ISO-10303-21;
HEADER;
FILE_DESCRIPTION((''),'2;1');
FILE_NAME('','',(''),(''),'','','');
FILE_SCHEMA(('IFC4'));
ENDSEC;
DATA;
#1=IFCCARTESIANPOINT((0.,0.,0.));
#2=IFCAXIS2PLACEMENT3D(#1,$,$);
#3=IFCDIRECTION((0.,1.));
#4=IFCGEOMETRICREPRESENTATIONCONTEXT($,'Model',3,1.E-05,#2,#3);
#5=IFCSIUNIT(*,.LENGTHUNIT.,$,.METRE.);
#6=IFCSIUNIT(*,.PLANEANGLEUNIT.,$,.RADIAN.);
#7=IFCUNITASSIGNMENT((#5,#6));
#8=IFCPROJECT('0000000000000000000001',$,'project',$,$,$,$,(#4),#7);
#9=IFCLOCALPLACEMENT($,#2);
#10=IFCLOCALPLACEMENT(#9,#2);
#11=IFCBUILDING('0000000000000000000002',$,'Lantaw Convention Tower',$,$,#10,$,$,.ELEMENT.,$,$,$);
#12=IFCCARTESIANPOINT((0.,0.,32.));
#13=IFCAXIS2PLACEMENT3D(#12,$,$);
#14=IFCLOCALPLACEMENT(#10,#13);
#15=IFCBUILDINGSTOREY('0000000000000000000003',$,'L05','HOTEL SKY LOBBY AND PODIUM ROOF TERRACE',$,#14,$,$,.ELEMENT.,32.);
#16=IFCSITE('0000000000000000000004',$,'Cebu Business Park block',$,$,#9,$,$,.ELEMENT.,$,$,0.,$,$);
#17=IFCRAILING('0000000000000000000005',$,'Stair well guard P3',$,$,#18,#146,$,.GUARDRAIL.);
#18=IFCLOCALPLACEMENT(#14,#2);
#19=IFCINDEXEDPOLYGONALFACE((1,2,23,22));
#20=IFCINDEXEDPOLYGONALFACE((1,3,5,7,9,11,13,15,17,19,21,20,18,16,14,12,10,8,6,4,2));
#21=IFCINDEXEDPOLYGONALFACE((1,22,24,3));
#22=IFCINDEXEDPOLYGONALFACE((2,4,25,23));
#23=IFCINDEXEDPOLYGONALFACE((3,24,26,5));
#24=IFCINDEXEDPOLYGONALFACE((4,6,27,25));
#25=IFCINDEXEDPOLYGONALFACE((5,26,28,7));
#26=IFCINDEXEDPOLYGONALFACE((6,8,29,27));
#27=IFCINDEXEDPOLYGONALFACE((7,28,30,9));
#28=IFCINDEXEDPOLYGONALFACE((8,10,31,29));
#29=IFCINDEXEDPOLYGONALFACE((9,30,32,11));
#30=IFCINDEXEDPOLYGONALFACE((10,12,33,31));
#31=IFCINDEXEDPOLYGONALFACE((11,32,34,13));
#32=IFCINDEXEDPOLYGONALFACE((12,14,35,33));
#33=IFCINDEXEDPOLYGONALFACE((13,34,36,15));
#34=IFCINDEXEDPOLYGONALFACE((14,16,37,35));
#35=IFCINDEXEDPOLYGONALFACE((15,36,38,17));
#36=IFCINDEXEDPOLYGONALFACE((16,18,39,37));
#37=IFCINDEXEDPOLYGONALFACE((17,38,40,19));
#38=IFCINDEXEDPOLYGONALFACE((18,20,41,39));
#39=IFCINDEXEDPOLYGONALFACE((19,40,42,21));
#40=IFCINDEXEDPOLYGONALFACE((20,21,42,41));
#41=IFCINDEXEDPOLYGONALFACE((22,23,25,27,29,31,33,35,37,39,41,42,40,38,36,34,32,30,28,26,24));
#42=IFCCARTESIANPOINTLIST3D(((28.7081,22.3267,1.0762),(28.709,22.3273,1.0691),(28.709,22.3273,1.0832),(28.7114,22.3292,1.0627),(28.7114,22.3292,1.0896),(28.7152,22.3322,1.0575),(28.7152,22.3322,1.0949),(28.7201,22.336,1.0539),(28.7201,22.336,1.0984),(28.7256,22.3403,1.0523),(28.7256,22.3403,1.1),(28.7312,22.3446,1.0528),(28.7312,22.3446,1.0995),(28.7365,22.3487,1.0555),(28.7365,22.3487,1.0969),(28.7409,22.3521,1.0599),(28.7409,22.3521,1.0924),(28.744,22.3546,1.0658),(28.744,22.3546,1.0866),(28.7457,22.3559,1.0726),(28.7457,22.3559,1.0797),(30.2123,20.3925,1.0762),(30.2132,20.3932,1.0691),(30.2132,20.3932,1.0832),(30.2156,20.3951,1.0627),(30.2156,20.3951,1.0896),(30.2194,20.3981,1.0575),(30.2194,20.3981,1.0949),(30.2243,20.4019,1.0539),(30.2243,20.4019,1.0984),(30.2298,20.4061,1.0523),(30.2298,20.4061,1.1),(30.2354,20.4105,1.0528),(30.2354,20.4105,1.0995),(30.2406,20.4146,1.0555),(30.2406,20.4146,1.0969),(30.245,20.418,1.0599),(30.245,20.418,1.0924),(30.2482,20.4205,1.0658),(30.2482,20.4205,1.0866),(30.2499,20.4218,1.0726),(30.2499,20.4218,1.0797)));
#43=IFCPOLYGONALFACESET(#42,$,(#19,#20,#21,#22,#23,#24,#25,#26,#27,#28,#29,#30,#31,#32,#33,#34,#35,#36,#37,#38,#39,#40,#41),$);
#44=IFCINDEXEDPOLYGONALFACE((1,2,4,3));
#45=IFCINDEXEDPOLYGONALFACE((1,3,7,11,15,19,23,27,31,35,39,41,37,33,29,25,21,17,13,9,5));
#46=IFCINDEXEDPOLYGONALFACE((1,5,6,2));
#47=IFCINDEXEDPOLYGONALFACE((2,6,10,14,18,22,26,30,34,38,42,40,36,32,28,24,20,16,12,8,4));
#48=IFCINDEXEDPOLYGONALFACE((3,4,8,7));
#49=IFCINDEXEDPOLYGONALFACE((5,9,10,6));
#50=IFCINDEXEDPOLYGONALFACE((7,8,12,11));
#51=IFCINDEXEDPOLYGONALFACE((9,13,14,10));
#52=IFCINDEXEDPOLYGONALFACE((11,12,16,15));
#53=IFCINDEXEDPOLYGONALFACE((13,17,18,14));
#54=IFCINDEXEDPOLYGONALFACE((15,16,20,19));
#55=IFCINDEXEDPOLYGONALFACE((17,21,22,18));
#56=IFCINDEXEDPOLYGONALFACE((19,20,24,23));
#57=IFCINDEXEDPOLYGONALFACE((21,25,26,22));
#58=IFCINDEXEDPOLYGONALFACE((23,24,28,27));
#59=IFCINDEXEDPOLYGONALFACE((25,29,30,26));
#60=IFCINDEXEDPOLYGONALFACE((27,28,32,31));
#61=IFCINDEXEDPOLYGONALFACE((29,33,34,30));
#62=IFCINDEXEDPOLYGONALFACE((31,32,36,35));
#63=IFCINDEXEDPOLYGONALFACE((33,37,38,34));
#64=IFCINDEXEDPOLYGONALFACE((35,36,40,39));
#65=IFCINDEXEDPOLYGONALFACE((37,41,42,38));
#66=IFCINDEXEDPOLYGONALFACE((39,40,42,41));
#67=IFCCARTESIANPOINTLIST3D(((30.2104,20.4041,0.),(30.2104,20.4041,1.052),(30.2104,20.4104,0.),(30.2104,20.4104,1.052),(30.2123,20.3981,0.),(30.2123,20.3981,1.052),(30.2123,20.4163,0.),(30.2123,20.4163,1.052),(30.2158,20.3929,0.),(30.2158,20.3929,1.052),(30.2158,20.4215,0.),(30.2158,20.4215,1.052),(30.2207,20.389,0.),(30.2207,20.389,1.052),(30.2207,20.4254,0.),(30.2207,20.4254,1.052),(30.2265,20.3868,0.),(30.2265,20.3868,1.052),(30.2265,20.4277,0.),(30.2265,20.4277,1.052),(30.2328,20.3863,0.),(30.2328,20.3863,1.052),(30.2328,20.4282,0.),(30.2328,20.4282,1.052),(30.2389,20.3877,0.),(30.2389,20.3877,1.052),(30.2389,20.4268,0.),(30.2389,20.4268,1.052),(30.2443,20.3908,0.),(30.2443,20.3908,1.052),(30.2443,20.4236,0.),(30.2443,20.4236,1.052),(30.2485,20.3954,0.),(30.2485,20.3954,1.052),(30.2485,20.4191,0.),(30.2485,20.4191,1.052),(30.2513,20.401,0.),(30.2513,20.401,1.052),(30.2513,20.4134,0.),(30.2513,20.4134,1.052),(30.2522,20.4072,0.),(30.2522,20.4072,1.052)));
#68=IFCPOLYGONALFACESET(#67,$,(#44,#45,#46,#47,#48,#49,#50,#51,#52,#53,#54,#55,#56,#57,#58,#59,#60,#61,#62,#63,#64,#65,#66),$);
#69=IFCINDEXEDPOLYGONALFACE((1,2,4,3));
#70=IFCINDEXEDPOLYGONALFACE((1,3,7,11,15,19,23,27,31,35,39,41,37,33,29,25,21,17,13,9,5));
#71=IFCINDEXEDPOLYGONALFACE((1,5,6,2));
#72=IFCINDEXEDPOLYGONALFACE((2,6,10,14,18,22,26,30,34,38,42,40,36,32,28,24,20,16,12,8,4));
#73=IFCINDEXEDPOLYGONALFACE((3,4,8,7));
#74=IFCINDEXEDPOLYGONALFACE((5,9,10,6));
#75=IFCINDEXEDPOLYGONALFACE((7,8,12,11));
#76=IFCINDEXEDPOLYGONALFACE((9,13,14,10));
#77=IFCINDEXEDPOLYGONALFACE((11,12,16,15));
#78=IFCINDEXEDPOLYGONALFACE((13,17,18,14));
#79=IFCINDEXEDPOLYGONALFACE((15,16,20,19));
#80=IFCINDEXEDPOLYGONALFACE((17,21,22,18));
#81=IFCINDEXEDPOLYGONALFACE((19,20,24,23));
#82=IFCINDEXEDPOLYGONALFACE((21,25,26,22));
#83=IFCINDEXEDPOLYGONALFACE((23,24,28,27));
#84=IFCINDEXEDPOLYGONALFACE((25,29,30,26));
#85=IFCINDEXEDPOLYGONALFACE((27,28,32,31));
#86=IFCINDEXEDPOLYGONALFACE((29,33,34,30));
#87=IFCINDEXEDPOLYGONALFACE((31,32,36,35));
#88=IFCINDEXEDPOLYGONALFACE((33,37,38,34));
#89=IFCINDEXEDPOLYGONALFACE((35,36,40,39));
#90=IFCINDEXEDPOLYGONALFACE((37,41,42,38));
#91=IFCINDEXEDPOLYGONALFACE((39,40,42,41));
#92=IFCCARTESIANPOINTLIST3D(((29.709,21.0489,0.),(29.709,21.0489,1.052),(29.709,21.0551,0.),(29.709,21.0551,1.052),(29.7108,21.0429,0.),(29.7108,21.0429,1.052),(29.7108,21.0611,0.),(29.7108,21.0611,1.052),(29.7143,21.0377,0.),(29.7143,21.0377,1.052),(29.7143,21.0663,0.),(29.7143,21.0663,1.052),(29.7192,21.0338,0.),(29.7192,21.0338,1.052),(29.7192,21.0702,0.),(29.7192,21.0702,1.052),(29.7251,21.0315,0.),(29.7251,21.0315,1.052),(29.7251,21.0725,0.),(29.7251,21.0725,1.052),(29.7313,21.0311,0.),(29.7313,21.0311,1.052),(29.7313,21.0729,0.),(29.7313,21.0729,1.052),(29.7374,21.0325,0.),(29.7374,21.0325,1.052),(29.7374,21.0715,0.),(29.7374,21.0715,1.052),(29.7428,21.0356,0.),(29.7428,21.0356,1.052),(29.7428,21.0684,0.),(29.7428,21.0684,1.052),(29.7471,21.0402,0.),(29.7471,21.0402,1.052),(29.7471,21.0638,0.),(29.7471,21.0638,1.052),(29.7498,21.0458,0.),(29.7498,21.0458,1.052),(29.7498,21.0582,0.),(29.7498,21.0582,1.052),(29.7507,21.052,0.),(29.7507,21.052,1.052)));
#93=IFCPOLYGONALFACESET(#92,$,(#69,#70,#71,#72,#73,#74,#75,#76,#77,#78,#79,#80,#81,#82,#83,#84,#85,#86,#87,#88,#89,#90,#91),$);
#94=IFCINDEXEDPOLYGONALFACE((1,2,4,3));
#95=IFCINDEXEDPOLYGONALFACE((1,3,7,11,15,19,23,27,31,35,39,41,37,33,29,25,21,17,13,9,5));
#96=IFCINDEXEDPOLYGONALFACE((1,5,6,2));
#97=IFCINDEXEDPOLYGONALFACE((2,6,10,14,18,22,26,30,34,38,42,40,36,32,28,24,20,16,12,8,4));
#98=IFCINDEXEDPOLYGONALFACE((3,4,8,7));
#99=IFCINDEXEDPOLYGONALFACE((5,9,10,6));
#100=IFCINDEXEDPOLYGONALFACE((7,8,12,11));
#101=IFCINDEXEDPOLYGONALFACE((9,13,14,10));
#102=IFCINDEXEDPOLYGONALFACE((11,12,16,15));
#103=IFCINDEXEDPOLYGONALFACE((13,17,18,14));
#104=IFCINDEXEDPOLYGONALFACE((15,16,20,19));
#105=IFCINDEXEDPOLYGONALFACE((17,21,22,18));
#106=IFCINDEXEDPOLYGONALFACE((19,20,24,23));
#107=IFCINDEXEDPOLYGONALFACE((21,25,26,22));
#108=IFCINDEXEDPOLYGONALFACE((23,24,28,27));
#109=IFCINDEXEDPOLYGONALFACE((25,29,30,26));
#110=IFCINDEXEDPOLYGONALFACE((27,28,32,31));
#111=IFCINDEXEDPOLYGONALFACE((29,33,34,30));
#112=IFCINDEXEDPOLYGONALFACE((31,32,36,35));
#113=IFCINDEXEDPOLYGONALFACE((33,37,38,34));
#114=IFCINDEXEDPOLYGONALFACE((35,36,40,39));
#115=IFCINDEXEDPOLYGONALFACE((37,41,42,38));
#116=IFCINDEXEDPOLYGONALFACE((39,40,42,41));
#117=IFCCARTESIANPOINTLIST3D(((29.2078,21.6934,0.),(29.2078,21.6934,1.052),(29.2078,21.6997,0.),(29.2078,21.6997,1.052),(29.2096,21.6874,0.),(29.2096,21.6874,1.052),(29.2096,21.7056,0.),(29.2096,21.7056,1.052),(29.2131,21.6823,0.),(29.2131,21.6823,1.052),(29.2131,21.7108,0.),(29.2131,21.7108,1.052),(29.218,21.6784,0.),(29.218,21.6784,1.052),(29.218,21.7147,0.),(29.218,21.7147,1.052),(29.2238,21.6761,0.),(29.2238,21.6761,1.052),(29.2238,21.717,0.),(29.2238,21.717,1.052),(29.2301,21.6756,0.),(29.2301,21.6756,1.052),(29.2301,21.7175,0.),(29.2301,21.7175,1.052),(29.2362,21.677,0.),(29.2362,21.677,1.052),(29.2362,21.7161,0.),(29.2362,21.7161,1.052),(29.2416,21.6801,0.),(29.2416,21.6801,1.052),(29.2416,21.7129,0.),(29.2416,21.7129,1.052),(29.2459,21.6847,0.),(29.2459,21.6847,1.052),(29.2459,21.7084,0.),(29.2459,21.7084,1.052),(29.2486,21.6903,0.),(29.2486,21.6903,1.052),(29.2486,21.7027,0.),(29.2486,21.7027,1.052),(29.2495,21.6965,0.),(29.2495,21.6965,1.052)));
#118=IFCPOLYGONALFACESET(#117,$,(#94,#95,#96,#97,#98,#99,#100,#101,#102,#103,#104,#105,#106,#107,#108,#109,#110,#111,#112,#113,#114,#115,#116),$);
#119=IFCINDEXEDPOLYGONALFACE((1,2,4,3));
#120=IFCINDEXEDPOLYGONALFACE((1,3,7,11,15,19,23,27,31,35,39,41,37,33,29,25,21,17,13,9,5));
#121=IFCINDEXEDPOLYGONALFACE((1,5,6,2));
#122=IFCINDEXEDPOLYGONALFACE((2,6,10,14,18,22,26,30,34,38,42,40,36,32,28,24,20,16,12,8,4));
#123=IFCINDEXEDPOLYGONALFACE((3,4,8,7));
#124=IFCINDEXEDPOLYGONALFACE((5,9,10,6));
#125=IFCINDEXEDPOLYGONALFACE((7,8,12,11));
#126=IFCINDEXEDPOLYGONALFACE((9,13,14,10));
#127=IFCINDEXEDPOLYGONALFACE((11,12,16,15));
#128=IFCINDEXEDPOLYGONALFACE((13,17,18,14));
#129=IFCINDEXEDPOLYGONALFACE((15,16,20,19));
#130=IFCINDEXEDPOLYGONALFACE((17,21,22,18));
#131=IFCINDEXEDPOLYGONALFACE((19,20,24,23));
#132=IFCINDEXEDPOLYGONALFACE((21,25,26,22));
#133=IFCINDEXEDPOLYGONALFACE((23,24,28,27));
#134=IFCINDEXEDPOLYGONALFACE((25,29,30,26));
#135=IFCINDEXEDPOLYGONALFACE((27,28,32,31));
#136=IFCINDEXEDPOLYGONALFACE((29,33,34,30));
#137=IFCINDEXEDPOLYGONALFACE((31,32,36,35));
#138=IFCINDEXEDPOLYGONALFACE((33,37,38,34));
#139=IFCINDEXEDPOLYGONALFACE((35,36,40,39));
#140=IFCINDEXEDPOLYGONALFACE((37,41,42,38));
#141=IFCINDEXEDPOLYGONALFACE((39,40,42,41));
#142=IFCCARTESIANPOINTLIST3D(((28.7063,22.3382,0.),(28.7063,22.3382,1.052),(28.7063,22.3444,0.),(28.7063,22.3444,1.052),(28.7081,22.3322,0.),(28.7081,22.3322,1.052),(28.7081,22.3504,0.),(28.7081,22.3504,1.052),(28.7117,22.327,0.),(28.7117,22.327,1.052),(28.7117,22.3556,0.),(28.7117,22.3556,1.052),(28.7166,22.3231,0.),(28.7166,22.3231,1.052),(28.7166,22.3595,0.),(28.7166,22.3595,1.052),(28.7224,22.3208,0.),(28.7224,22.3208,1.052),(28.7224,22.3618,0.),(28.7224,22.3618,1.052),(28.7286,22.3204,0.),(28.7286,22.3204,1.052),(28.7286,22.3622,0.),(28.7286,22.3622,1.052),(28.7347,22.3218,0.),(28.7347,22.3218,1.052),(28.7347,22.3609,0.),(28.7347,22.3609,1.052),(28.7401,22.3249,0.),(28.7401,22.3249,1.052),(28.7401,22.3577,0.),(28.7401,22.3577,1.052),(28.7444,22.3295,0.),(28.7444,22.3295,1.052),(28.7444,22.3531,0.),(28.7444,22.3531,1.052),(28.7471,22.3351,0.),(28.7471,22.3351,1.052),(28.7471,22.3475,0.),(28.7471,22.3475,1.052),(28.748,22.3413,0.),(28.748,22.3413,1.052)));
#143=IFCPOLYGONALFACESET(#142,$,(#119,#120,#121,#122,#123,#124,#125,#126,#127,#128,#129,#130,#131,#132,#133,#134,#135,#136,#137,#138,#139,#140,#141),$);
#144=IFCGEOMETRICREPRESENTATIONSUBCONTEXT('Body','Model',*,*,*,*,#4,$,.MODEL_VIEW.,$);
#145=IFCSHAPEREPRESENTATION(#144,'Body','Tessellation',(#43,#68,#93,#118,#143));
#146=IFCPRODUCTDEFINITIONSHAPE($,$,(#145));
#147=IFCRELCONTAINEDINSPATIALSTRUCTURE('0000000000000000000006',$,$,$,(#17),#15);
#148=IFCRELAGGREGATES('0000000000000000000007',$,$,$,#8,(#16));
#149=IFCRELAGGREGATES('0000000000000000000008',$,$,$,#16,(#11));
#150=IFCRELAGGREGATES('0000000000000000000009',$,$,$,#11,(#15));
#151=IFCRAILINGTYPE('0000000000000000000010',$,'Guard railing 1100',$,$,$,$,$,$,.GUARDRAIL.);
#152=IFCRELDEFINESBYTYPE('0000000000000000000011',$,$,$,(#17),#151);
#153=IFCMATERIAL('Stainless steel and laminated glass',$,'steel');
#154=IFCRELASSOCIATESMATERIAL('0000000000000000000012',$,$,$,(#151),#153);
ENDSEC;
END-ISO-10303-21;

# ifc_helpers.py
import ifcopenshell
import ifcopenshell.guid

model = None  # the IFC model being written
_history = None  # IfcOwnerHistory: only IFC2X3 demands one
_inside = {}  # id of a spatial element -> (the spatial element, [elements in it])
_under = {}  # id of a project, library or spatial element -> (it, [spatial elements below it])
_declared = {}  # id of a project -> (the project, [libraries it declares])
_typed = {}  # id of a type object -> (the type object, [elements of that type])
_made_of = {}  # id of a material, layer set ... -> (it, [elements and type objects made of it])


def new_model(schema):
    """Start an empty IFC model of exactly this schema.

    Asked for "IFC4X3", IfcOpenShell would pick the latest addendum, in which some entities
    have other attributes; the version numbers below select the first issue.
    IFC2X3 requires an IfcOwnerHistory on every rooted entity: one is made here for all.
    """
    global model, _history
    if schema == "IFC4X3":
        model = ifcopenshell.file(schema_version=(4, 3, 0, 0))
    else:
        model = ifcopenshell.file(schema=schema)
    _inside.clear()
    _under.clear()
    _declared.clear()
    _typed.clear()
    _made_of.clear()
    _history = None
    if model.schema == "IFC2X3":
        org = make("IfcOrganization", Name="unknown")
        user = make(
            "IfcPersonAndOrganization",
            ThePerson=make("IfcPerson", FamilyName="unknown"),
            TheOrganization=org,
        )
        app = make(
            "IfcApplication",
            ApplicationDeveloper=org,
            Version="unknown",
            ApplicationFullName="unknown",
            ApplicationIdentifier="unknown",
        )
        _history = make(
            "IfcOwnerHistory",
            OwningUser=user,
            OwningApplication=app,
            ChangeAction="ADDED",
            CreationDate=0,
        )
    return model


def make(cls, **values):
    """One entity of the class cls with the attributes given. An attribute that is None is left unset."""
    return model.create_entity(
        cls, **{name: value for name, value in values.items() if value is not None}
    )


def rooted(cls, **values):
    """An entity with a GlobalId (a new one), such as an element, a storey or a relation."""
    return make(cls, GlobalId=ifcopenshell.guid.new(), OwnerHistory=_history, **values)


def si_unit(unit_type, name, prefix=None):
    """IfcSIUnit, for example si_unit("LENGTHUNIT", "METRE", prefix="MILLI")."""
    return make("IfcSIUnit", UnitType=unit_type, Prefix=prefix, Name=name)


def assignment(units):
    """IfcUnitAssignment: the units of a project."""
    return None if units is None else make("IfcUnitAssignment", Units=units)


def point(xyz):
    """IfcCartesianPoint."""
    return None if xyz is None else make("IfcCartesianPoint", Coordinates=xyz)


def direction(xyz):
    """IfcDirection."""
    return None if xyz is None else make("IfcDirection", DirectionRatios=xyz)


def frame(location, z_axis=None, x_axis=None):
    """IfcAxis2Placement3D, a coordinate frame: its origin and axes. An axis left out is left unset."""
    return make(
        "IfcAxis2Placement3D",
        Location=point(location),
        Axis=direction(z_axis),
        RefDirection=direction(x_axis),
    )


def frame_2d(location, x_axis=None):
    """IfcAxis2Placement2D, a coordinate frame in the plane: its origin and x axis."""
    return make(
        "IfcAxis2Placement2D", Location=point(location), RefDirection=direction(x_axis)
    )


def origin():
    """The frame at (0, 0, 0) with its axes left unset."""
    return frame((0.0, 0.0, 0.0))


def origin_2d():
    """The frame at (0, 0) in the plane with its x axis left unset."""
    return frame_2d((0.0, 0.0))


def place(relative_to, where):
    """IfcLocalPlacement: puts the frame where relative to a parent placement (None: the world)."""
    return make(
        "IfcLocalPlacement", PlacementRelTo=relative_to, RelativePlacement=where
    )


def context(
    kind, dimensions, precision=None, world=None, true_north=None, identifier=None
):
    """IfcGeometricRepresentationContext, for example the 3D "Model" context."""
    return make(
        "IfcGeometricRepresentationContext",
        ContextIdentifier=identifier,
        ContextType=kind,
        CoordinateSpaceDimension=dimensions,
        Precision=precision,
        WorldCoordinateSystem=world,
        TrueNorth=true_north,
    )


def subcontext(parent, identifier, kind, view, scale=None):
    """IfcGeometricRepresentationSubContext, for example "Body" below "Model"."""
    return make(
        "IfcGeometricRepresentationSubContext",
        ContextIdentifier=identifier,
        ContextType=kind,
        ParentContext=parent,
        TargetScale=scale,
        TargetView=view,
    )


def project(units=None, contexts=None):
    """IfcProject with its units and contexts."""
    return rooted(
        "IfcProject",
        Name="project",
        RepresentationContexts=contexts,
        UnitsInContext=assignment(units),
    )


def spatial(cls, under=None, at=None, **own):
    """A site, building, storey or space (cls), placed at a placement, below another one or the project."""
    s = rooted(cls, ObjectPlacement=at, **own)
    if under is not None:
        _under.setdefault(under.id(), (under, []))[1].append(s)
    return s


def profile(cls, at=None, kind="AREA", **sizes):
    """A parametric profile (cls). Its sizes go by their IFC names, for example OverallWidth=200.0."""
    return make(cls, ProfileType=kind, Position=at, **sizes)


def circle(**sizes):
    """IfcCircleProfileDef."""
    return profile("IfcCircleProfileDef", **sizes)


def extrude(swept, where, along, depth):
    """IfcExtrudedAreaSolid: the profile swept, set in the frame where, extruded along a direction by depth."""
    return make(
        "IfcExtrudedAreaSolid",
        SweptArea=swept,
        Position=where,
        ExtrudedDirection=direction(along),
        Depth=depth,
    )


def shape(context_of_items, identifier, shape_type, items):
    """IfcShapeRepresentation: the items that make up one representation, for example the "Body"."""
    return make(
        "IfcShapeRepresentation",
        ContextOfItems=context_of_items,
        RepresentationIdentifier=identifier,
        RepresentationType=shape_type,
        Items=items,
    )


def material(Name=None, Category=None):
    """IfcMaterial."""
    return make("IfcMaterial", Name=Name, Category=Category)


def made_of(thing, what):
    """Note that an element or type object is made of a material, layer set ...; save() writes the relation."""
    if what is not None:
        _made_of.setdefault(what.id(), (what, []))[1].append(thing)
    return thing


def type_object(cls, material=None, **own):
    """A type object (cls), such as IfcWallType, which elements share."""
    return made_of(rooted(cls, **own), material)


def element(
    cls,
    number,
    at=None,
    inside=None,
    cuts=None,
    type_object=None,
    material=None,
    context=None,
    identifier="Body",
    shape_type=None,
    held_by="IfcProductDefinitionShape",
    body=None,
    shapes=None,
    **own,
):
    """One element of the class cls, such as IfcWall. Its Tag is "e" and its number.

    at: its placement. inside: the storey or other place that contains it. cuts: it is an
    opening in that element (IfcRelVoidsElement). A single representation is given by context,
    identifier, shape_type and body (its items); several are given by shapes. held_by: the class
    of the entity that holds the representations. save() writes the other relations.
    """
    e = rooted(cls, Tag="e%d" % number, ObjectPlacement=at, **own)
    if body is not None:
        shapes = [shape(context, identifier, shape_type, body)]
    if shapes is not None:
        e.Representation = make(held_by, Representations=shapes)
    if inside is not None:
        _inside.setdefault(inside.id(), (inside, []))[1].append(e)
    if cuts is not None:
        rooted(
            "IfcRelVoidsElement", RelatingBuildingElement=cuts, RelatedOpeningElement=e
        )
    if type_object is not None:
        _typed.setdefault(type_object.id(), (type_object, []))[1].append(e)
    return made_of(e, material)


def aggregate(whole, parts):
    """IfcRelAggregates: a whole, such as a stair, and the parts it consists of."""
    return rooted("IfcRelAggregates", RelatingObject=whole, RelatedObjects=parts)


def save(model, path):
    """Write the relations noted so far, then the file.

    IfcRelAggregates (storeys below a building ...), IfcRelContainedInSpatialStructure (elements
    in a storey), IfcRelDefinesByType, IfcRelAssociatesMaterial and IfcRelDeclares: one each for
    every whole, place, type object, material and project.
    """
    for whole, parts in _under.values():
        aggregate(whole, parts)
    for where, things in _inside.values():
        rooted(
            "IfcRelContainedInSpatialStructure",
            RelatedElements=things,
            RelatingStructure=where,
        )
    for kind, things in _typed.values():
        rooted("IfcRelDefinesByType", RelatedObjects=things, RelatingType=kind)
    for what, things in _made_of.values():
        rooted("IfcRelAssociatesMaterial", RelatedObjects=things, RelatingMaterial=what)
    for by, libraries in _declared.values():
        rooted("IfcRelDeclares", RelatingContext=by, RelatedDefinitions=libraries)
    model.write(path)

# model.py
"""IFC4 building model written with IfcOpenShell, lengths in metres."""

from ifc_helpers import new_model, si_unit, direction, frame, origin, origin_2d, place, context, subcontext, project, spatial, circle, extrude, material, type_object, element, save


model = new_model("IFC4")

# Units and contexts
model_context = context("Model", 3, precision=1e-05, world=origin(), true_north=direction((0.0, 1.0)))
body_context = subcontext(model_context, "Body", "Model", "MODEL_VIEW")
ifc_project = project(units=[si_unit("LENGTHUNIT", "METRE"), si_unit("PLANEANGLEUNIT", "RADIAN")], contexts=[model_context])

# Site, building, storey
site_placement = place(None, origin())
site = spatial("IfcSite", under=ifc_project, at=site_placement, Name="Cebu Business Park block", CompositionType="ELEMENT", RefElevation=0.0)
building_placement = place(site_placement, origin())
building = spatial("IfcBuilding", under=site, at=building_placement, Name="Lantaw Convention Tower", CompositionType="ELEMENT")
storey_placement = place(building_placement, frame((0.0, 0.0, 32.0)))
storey = spatial("IfcBuildingStorey", under=building, at=storey_placement, Name="L05", Description="HOTEL SKY LOBBY AND PODIUM ROOF TERRACE", CompositionType="ELEMENT", Elevation=32.0)

# Railing
ifc_material_1 = material(Name="Stainless steel and laminated glass", Category="steel")
railing_type_1 = type_object("IfcRailingType", Name="Guard railing 1100", PredefinedType="GUARDRAIL", material=ifc_material_1)
railing_1_placement = place(storey_placement, frame((30.2312, 20.4072, 0.0)))
element("IfcRailing", 1, at=railing_1_placement, inside=storey, type_object=railing_type_1, Name="Stair well guard P3", PredefinedType="GUARDRAIL", context=body_context, shape_type="SweptSolid", body=[
    extrude(circle(Radius=0.0239, at=origin_2d()), frame((0.0, 0.0, 1.0762), z_axis=(-0.613906, 0.789379, 0.0), x_axis=(-0.789379, -0.613906, 0.0)), (0.0, 0.0, 1.0), 2.4502),
    extrude(circle(Radius=0.021, at=origin_2d()), origin(), (0.0, 0.0, 1.0), 1.052),
    extrude(circle(Radius=0.021, at=origin_2d()), frame((-0.5015, 0.6448, 0.0)), (0.0, 0.0, 1.0), 1.052),
    extrude(circle(Radius=0.021, at=origin_2d()), frame((-1.0027, 1.2893, 0.0)), (0.0, 0.0, 1.0), 1.052),
    extrude(circle(Radius=0.021, at=origin_2d()), frame((-1.5042, 1.9341, 0.0)), (0.0, 0.0, 1.0), 1.052),
])

save(model, "model.ifc")
